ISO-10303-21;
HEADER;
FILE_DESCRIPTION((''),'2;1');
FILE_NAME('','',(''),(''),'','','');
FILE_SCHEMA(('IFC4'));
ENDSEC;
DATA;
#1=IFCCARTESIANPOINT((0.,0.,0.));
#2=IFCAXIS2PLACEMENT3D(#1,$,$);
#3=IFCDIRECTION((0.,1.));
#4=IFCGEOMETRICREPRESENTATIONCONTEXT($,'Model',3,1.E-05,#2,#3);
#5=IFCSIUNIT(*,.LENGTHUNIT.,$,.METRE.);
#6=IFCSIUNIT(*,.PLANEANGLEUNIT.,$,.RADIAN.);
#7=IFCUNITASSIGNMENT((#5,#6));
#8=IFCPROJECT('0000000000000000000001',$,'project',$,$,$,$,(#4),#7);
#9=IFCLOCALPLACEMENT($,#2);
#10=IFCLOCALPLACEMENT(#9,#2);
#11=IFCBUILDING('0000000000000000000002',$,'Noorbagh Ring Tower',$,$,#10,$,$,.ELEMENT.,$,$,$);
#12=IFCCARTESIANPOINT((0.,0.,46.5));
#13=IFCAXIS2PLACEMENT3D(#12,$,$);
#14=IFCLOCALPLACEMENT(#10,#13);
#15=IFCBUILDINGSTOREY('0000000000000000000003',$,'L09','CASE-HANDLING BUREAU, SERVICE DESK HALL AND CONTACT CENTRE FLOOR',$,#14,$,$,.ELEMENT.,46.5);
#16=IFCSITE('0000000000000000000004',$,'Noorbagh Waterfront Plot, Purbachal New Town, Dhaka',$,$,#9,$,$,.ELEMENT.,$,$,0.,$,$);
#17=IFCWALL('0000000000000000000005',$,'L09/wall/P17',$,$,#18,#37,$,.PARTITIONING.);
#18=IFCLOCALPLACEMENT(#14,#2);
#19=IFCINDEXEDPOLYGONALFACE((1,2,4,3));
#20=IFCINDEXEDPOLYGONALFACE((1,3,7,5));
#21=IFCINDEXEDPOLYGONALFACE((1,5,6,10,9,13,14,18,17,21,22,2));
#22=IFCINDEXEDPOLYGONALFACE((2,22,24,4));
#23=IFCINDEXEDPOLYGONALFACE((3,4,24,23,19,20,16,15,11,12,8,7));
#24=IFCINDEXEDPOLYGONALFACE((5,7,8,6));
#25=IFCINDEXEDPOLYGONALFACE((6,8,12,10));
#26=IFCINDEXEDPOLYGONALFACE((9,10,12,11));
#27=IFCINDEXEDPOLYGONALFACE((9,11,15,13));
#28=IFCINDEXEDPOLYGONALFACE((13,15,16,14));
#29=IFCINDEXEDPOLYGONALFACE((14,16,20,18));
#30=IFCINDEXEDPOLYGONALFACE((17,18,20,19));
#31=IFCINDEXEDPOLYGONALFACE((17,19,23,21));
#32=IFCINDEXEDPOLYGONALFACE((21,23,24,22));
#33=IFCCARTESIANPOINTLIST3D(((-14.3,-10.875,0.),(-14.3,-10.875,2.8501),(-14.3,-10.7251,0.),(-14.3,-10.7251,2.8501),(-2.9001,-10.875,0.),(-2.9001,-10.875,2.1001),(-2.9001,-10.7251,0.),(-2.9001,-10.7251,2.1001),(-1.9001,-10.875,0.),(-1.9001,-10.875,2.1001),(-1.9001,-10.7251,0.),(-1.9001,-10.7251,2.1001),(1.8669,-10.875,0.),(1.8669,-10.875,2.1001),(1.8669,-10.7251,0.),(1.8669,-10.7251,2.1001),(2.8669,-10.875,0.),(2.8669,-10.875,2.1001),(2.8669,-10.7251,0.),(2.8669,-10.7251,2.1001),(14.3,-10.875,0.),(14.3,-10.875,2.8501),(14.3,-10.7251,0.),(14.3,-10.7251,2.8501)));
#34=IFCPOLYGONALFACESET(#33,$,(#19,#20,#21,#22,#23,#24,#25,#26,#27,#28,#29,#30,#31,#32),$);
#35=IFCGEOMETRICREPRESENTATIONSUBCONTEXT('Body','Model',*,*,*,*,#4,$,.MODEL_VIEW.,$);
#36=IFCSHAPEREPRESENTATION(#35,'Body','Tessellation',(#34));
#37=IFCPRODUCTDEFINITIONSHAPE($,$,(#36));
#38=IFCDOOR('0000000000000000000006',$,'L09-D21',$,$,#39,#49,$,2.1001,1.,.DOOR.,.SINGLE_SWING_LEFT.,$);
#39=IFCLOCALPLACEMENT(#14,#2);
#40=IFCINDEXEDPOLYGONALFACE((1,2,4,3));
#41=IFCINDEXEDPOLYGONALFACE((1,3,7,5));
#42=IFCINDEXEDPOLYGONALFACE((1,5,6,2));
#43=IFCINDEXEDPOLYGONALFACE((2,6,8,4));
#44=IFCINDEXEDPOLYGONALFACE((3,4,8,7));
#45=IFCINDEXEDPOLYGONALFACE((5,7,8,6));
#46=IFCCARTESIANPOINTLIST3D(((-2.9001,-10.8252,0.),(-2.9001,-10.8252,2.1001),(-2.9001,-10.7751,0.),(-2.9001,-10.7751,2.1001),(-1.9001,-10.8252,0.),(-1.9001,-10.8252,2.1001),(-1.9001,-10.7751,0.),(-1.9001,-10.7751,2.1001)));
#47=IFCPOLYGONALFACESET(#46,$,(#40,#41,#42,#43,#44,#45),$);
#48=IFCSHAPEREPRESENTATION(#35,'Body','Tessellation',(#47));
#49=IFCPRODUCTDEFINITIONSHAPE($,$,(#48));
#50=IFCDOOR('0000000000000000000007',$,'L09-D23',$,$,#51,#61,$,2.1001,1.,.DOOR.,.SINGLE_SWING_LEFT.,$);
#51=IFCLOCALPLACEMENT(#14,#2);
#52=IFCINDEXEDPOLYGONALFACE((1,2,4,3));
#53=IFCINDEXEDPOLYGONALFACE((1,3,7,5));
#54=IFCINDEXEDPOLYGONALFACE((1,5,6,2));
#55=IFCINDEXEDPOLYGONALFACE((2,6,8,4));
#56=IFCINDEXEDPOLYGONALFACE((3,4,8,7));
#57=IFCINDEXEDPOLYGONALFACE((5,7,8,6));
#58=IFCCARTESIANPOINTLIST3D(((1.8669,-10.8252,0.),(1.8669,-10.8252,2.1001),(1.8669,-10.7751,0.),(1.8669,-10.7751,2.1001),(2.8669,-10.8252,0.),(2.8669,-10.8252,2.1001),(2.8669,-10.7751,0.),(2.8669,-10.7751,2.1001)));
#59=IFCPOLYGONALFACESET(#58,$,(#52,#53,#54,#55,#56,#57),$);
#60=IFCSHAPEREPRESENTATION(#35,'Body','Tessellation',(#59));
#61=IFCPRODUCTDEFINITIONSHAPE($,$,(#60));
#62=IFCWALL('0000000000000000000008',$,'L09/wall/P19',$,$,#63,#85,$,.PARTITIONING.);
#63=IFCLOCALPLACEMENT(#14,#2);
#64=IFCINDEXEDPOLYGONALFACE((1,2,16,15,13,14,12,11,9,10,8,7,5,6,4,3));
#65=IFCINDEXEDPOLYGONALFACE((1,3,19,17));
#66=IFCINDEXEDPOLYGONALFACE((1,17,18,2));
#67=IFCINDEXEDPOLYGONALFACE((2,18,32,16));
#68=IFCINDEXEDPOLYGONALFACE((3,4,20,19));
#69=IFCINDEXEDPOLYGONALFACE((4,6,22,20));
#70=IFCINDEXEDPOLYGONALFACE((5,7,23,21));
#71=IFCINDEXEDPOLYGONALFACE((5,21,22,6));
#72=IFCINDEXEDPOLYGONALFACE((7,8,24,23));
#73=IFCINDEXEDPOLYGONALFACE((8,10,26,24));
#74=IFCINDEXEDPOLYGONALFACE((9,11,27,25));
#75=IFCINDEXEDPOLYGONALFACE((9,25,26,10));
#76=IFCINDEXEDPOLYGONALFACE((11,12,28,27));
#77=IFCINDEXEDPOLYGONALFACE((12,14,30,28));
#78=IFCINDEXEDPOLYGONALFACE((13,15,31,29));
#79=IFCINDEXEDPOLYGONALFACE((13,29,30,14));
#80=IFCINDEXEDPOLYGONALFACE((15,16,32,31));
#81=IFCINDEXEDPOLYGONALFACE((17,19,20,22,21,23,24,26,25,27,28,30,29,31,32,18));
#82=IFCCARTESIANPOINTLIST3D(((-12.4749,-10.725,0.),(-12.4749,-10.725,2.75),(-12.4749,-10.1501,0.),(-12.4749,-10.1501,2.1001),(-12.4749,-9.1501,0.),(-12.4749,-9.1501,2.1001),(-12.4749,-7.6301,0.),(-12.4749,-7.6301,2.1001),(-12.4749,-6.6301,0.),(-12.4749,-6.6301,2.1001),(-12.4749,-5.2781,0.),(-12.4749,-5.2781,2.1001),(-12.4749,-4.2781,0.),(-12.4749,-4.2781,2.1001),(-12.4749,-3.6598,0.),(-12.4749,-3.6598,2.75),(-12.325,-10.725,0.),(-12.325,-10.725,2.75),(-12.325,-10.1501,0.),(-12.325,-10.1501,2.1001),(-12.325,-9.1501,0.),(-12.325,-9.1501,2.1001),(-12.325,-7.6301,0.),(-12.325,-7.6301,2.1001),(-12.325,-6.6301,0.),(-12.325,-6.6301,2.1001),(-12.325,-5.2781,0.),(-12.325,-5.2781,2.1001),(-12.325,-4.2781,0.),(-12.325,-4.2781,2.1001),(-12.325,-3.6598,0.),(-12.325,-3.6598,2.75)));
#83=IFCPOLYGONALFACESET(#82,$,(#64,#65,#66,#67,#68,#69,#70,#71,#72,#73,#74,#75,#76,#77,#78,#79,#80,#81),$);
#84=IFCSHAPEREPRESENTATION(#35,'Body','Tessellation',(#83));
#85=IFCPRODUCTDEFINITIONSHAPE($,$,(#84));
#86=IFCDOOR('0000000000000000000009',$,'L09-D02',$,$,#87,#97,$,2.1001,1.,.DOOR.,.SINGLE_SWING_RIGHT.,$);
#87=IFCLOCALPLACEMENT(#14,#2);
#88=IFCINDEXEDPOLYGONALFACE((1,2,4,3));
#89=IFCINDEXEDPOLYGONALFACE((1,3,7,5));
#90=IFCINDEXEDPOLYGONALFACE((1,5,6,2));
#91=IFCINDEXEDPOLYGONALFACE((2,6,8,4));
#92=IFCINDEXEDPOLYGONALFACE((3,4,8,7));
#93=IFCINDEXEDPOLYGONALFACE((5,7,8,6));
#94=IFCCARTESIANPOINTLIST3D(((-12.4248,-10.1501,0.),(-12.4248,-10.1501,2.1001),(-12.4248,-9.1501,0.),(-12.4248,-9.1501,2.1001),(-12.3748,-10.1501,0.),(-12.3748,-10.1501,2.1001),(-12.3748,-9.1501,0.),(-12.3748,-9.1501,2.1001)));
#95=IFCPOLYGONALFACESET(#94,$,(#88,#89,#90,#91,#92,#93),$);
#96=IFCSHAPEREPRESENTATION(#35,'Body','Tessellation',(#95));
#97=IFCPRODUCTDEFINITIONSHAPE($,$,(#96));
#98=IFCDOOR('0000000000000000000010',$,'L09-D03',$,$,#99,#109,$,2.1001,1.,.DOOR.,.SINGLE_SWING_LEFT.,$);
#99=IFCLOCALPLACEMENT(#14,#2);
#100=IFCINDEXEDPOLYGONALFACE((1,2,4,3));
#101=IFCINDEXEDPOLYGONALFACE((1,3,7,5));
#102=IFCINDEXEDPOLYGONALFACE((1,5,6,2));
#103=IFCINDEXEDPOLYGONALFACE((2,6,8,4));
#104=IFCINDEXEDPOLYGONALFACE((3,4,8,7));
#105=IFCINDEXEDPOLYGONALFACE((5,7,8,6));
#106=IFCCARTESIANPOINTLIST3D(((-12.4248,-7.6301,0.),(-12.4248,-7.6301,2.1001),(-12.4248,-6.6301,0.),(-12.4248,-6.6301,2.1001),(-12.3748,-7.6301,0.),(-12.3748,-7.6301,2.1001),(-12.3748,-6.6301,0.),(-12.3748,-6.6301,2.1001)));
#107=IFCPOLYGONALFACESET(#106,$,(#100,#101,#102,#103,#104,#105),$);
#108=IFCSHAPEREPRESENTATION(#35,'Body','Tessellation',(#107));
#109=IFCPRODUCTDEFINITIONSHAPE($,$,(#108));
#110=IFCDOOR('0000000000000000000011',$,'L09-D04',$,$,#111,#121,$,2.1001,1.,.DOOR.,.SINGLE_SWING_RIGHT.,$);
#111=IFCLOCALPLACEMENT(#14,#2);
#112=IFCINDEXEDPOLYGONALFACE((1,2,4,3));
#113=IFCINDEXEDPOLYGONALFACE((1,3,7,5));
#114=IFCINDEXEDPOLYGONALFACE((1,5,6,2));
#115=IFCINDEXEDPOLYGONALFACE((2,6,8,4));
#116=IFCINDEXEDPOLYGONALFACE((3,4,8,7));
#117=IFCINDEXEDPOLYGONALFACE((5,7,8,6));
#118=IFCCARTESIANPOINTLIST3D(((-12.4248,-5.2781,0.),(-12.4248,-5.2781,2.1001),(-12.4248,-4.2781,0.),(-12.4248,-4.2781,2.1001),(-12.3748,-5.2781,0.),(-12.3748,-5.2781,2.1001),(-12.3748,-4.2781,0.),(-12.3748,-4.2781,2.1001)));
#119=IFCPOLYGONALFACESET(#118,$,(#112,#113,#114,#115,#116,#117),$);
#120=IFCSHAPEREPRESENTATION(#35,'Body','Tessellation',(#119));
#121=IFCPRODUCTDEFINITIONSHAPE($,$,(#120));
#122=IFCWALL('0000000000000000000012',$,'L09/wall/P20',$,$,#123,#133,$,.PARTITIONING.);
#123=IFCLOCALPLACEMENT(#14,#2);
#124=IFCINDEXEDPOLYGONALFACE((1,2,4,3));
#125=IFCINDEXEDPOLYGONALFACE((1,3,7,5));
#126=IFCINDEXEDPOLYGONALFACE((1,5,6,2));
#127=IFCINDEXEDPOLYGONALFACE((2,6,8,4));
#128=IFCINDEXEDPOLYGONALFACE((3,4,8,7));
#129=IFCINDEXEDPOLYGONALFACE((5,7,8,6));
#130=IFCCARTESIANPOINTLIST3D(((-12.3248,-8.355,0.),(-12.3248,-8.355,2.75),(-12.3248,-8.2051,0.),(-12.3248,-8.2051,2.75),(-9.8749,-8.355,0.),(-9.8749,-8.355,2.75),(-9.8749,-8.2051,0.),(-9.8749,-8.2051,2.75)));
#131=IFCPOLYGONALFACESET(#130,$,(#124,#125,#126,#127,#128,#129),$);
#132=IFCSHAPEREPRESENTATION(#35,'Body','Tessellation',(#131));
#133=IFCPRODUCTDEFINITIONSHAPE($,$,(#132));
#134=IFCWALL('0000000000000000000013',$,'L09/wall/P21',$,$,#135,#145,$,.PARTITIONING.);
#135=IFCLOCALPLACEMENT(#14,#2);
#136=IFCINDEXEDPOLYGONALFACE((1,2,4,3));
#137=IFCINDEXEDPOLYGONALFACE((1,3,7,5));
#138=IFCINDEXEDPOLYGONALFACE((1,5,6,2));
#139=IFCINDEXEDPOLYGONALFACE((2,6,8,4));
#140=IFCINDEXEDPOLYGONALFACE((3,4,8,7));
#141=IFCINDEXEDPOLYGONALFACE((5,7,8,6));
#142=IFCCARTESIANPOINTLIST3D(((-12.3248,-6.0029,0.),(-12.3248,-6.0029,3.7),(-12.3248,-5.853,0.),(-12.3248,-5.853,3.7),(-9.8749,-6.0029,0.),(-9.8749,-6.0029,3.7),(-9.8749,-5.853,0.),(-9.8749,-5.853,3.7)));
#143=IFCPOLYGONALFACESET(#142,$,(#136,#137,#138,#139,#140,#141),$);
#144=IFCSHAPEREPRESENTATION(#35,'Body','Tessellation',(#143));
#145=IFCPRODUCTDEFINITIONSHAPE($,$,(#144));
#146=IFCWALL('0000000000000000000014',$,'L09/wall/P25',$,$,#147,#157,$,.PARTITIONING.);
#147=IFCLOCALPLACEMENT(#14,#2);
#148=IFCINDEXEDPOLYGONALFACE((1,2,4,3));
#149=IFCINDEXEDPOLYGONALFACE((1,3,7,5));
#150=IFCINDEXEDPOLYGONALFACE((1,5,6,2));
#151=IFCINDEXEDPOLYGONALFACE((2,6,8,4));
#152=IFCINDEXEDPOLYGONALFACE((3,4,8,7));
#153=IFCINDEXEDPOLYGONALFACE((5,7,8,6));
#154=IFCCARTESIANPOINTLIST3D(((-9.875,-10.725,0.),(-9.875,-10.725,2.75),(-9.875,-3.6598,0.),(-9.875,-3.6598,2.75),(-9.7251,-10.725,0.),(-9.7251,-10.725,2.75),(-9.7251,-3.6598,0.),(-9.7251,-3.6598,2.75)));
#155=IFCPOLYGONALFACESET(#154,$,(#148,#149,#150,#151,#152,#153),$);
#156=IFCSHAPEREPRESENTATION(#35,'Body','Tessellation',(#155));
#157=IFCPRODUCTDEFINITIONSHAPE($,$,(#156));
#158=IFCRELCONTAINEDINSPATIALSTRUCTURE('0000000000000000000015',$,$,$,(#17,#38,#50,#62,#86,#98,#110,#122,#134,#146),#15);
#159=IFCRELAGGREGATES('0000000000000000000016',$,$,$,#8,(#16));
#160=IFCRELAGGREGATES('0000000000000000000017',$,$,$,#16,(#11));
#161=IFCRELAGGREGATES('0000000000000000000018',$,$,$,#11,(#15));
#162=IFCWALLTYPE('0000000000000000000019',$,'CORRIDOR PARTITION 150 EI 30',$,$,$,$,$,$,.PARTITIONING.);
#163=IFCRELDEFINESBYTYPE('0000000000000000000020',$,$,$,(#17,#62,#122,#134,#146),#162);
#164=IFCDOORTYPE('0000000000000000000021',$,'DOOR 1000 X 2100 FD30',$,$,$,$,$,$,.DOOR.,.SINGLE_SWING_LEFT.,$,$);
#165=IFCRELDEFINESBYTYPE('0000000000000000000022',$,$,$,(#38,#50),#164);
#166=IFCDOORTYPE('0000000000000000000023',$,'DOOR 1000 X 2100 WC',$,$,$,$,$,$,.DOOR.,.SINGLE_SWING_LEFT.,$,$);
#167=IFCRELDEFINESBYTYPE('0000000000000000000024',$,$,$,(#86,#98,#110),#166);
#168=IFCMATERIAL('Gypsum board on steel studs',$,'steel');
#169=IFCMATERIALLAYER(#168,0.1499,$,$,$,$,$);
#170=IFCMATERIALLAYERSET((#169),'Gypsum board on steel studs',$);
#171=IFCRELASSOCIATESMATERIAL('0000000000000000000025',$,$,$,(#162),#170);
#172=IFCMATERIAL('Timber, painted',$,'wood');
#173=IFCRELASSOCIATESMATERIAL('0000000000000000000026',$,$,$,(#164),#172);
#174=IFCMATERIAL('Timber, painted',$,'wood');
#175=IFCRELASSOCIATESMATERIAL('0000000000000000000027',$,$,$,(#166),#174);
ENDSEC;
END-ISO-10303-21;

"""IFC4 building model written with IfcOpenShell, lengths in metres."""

from ifc_helpers import new_model, si_unit, direction, frame, frame_2d, origin, place, context, subcontext, project, spatial, rectangle, extrude, material, layer, layer_set, type_object, element, fill, save


model = new_model("IFC4")

# Units and contexts
model_context = context("Model", 3, precision=1e-05, world=origin(), true_north=direction((0.0, 1.0)))
body_context = subcontext(model_context, "Body", "Model", "MODEL_VIEW")
ifc_project = project(units=[si_unit("LENGTHUNIT", "METRE"), si_unit("PLANEANGLEUNIT", "RADIAN")], contexts=[model_context])

# Site, building, storey
site_placement = place(None, origin())
site = spatial("IfcSite", under=ifc_project, at=site_placement, Name="Noorbagh Waterfront Plot, Purbachal New Town, Dhaka", CompositionType="ELEMENT", RefElevation=0.0)
building_placement = place(site_placement, origin())
building = spatial("IfcBuilding", under=site, at=building_placement, Name="Noorbagh Ring Tower", CompositionType="ELEMENT")
storey_placement = place(building_placement, frame((0.0, 0.0, 46.5)))
storey = spatial("IfcBuildingStorey", under=building, at=storey_placement, Name="L09", Description="CASE-HANDLING BUREAU, SERVICE DESK HALL AND CONTACT CENTRE FLOOR", CompositionType="ELEMENT", Elevation=46.5)

# Shared definitions
ifc_material_1 = material(Name="Gypsum board on steel studs", Category="steel")
ifc_layer_1 = layer(ifc_material_1, 0.1499)
ifc_layer_set_1 = layer_set([ifc_layer_1], Name="Gypsum board on steel studs")
wall_type_1 = type_object("IfcWallType", Name="CORRIDOR PARTITION 150 EI 30", PredefinedType="PARTITIONING", material=ifc_layer_set_1)
ifc_material_2 = material(Name="Timber, painted", Category="wood")
door_type_1 = type_object("IfcDoorType", Name="DOOR 1000 X 2100 FD30", OperationType="SINGLE_SWING_LEFT", PredefinedType="DOOR", material=ifc_material_2)

# Walls, openings, doors
wall_1_placement = place(storey_placement, frame((-14.3, -10.8, 0.0), z_axis=(0.0, 0.0, 1.0), x_axis=(1.0, 0.0, 0.0)))
wall_1 = element("IfcWall", 1, at=wall_1_placement, inside=storey, type_object=wall_type_1, Name="L09/wall/P17", PredefinedType="PARTITIONING", context=body_context, shape_type="SweptSolid", body=[
    extrude(rectangle(XDim=28.6001, YDim=0.1499, at=frame_2d((14.3, 0.0))), origin(), (0.0, 0.0, 1.0), 2.8501),
])
opening_1_placement = place(wall_1_placement, frame((11.3999, 0.0, 0.0)))
opening_1 = element("IfcOpeningElement", 2, at=opening_1_placement, cuts=wall_1, PredefinedType="OPENING", context=body_context, shape_type="SweptSolid", body=[
    extrude(rectangle(XDim=1.0, YDim=2.1001, at=frame_2d((0.5, 1.05))), frame((0.0, 0.085, 0.0), z_axis=(0.0, -1.0, 0.0), x_axis=(1.0, 0.0, 0.0)), (0.0, 0.0, 1.0), 0.1699),
])
opening_2_placement = place(wall_1_placement, frame((16.167, 0.0, 0.0)))
opening_2 = element("IfcOpeningElement", 3, at=opening_2_placement, cuts=wall_1, PredefinedType="OPENING", context=body_context, shape_type="SweptSolid", body=[
    extrude(rectangle(XDim=1.0, YDim=2.1001, at=frame_2d((0.5, 1.05))), frame((0.0, 0.085, 0.0), z_axis=(0.0, -1.0, 0.0), x_axis=(1.0, 0.0, 0.0)), (0.0, 0.0, 1.0), 0.1699),
])
door_1_placement = place(opening_1_placement, origin())
door_1 = element("IfcDoor", 4, at=door_1_placement, inside=storey, type_object=door_type_1, Name="L09-D21", OperationType="SINGLE_SWING_LEFT", OverallHeight=2.1001, OverallWidth=1.0, PredefinedType="DOOR", context=body_context, shape_type="SweptSolid", body=[
    extrude(rectangle(XDim=1.0, YDim=2.1001, at=frame_2d((0.5, 1.05))), frame((0.0, 0.0249, 0.0), z_axis=(0.0, -1.0, 0.0), x_axis=(1.0, 0.0, 0.0)), (0.0, 0.0, 1.0), 0.05),
])
fill(opening_1, door_1)
door_2_placement = place(opening_2_placement, origin())
door_2 = element("IfcDoor", 5, at=door_2_placement, inside=storey, type_object=door_type_1, Name="L09-D23", OperationType="SINGLE_SWING_LEFT", OverallHeight=2.1001, OverallWidth=1.0, PredefinedType="DOOR", context=body_context, shape_type="SweptSolid", body=[
    extrude(rectangle(XDim=1.0, YDim=2.1001, at=frame_2d((0.5, 1.05))), frame((0.0, 0.0249, 0.0), z_axis=(0.0, -1.0, 0.0), x_axis=(1.0, 0.0, 0.0)), (0.0, 0.0, 1.0), 0.05),
])
fill(opening_2, door_2)
wall_2_placement = place(storey_placement, frame((-12.3999, -10.7251, 0.0), z_axis=(0.0, 0.0, 1.0), x_axis=(0.0, 1.0, 0.0)))
wall_2 = element("IfcWall", 6, at=wall_2_placement, inside=storey, type_object=wall_type_1, Name="L09/wall/P19", PredefinedType="PARTITIONING", context=body_context, shape_type="SweptSolid", body=[
    extrude(rectangle(XDim=7.0652, YDim=0.1499, at=frame_2d((3.5327, 0.0))), origin(), (0.0, 0.0, 1.0), 2.75),
])
opening_3_placement = place(wall_2_placement, frame((0.575, 0.0, 0.0)))
opening_3 = element("IfcOpeningElement", 7, at=opening_3_placement, cuts=wall_2, PredefinedType="OPENING", context=body_context, shape_type="SweptSolid", body=[
    extrude(rectangle(XDim=1.0, YDim=2.1001, at=frame_2d((0.5, 1.05))), frame((0.0, 0.085, 0.0), z_axis=(0.0, -1.0, 0.0), x_axis=(1.0, 0.0, 0.0)), (0.0, 0.0, 1.0), 0.1699),
])
opening_4_placement = place(wall_2_placement, frame((3.095, 0.0, 0.0)))
opening_4 = element("IfcOpeningElement", 8, at=opening_4_placement, cuts=wall_2, PredefinedType="OPENING", context=body_context, shape_type="SweptSolid", body=[
    extrude(rectangle(XDim=1.0, YDim=2.1001, at=frame_2d((0.5, 1.05))), frame((0.0, 0.085, 0.0), z_axis=(0.0, -1.0, 0.0), x_axis=(1.0, 0.0, 0.0)), (0.0, 0.0, 1.0), 0.1699),
])
opening_5_placement = place(wall_2_placement, frame((5.447, 0.0, 0.0)))
opening_5 = element("IfcOpeningElement", 9, at=opening_5_placement, cuts=wall_2, PredefinedType="OPENING", context=body_context, shape_type="SweptSolid", body=[
    extrude(rectangle(XDim=1.0, YDim=2.1001, at=frame_2d((0.5, 1.05))), frame((0.0, 0.085, 0.0), z_axis=(0.0, -1.0, 0.0), x_axis=(1.0, 0.0, 0.0)), (0.0, 0.0, 1.0), 0.1699),
])
ifc_material_3 = material(Name="Timber, painted", Category="wood")
door_type_2 = type_object("IfcDoorType", Name="DOOR 1000 X 2100 WC", OperationType="SINGLE_SWING_LEFT", PredefinedType="DOOR", material=ifc_material_3)
door_3_placement = place(opening_3_placement, origin())
door_3 = element("IfcDoor", 10, at=door_3_placement, inside=storey, type_object=door_type_2, Name="L09-D02", OperationType="SINGLE_SWING_RIGHT", OverallHeight=2.1001, OverallWidth=1.0, PredefinedType="DOOR", context=body_context, shape_type="SweptSolid", body=[
    extrude(rectangle(XDim=1.0, YDim=2.1001, at=frame_2d((0.5, 1.05))), frame((0.0, 0.0249, 0.0), z_axis=(0.0, -1.0, 0.0), x_axis=(1.0, 0.0, 0.0)), (0.0, 0.0, 1.0), 0.05),
])
fill(opening_3, door_3)
door_4_placement = place(opening_4_placement, origin())
door_4 = element("IfcDoor", 11, at=door_4_placement, inside=storey, type_object=door_type_2, Name="L09-D03", OperationType="SINGLE_SWING_LEFT", OverallHeight=2.1001, OverallWidth=1.0, PredefinedType="DOOR", context=body_context, shape_type="SweptSolid", body=[
    extrude(rectangle(XDim=1.0, YDim=2.1001, at=frame_2d((0.5, 1.05))), frame((0.0, 0.0249, 0.0), z_axis=(0.0, -1.0, 0.0), x_axis=(1.0, 0.0, 0.0)), (0.0, 0.0, 1.0), 0.05),
])
fill(opening_4, door_4)
door_5_placement = place(opening_5_placement, origin())
door_5 = element("IfcDoor", 12, at=door_5_placement, inside=storey, type_object=door_type_2, Name="L09-D04", OperationType="SINGLE_SWING_RIGHT", OverallHeight=2.1001, OverallWidth=1.0, PredefinedType="DOOR", context=body_context, shape_type="SweptSolid", body=[
    extrude(rectangle(XDim=1.0, YDim=2.1001, at=frame_2d((0.5, 1.05))), frame((0.0, 0.0249, 0.0), z_axis=(0.0, -1.0, 0.0), x_axis=(1.0, 0.0, 0.0)), (0.0, 0.0, 1.0), 0.05),
])
fill(opening_5, door_5)

# Walls
wall_3_placement = place(storey_placement, frame((-12.325, -8.28, 0.0), z_axis=(0.0, 0.0, 1.0), x_axis=(1.0, 0.0, 0.0)))
element("IfcWall", 13, at=wall_3_placement, inside=storey, type_object=wall_type_1, Name="L09/wall/P20", PredefinedType="PARTITIONING", context=body_context, shape_type="SweptSolid", body=[
    extrude(rectangle(XDim=2.45, YDim=0.1499, at=frame_2d((1.2251, 0.0))), origin(), (0.0, 0.0, 1.0), 2.75),
])
wall_4_placement = place(storey_placement, frame((-12.325, -5.928, 0.0), z_axis=(0.0, 0.0, 1.0), x_axis=(1.0, 0.0, 0.0)))
element("IfcWall", 14, at=wall_4_placement, inside=storey, type_object=wall_type_1, Name="L09/wall/P21", PredefinedType="PARTITIONING", context=body_context, shape_type="SweptSolid", body=[
    extrude(rectangle(XDim=2.45, YDim=0.1499, at=frame_2d((1.2251, 0.0))), origin(), (0.0, 0.0, 1.0), 3.7),
])
wall_5_placement = place(storey_placement, frame((-9.8, -10.7251, 0.0), z_axis=(0.0, 0.0, 1.0), x_axis=(0.0, 1.0, 0.0)))
element("IfcWall", 15, at=wall_5_placement, inside=storey, type_object=wall_type_1, Name="L09/wall/P25", PredefinedType="PARTITIONING", context=body_context, shape_type="SweptSolid", body=[
    extrude(rectangle(XDim=7.0652, YDim=0.1499, at=frame_2d((3.5327, 0.0))), origin(), (0.0, 0.0, 1.0), 2.75),
])

save(model, "model.ifc")
